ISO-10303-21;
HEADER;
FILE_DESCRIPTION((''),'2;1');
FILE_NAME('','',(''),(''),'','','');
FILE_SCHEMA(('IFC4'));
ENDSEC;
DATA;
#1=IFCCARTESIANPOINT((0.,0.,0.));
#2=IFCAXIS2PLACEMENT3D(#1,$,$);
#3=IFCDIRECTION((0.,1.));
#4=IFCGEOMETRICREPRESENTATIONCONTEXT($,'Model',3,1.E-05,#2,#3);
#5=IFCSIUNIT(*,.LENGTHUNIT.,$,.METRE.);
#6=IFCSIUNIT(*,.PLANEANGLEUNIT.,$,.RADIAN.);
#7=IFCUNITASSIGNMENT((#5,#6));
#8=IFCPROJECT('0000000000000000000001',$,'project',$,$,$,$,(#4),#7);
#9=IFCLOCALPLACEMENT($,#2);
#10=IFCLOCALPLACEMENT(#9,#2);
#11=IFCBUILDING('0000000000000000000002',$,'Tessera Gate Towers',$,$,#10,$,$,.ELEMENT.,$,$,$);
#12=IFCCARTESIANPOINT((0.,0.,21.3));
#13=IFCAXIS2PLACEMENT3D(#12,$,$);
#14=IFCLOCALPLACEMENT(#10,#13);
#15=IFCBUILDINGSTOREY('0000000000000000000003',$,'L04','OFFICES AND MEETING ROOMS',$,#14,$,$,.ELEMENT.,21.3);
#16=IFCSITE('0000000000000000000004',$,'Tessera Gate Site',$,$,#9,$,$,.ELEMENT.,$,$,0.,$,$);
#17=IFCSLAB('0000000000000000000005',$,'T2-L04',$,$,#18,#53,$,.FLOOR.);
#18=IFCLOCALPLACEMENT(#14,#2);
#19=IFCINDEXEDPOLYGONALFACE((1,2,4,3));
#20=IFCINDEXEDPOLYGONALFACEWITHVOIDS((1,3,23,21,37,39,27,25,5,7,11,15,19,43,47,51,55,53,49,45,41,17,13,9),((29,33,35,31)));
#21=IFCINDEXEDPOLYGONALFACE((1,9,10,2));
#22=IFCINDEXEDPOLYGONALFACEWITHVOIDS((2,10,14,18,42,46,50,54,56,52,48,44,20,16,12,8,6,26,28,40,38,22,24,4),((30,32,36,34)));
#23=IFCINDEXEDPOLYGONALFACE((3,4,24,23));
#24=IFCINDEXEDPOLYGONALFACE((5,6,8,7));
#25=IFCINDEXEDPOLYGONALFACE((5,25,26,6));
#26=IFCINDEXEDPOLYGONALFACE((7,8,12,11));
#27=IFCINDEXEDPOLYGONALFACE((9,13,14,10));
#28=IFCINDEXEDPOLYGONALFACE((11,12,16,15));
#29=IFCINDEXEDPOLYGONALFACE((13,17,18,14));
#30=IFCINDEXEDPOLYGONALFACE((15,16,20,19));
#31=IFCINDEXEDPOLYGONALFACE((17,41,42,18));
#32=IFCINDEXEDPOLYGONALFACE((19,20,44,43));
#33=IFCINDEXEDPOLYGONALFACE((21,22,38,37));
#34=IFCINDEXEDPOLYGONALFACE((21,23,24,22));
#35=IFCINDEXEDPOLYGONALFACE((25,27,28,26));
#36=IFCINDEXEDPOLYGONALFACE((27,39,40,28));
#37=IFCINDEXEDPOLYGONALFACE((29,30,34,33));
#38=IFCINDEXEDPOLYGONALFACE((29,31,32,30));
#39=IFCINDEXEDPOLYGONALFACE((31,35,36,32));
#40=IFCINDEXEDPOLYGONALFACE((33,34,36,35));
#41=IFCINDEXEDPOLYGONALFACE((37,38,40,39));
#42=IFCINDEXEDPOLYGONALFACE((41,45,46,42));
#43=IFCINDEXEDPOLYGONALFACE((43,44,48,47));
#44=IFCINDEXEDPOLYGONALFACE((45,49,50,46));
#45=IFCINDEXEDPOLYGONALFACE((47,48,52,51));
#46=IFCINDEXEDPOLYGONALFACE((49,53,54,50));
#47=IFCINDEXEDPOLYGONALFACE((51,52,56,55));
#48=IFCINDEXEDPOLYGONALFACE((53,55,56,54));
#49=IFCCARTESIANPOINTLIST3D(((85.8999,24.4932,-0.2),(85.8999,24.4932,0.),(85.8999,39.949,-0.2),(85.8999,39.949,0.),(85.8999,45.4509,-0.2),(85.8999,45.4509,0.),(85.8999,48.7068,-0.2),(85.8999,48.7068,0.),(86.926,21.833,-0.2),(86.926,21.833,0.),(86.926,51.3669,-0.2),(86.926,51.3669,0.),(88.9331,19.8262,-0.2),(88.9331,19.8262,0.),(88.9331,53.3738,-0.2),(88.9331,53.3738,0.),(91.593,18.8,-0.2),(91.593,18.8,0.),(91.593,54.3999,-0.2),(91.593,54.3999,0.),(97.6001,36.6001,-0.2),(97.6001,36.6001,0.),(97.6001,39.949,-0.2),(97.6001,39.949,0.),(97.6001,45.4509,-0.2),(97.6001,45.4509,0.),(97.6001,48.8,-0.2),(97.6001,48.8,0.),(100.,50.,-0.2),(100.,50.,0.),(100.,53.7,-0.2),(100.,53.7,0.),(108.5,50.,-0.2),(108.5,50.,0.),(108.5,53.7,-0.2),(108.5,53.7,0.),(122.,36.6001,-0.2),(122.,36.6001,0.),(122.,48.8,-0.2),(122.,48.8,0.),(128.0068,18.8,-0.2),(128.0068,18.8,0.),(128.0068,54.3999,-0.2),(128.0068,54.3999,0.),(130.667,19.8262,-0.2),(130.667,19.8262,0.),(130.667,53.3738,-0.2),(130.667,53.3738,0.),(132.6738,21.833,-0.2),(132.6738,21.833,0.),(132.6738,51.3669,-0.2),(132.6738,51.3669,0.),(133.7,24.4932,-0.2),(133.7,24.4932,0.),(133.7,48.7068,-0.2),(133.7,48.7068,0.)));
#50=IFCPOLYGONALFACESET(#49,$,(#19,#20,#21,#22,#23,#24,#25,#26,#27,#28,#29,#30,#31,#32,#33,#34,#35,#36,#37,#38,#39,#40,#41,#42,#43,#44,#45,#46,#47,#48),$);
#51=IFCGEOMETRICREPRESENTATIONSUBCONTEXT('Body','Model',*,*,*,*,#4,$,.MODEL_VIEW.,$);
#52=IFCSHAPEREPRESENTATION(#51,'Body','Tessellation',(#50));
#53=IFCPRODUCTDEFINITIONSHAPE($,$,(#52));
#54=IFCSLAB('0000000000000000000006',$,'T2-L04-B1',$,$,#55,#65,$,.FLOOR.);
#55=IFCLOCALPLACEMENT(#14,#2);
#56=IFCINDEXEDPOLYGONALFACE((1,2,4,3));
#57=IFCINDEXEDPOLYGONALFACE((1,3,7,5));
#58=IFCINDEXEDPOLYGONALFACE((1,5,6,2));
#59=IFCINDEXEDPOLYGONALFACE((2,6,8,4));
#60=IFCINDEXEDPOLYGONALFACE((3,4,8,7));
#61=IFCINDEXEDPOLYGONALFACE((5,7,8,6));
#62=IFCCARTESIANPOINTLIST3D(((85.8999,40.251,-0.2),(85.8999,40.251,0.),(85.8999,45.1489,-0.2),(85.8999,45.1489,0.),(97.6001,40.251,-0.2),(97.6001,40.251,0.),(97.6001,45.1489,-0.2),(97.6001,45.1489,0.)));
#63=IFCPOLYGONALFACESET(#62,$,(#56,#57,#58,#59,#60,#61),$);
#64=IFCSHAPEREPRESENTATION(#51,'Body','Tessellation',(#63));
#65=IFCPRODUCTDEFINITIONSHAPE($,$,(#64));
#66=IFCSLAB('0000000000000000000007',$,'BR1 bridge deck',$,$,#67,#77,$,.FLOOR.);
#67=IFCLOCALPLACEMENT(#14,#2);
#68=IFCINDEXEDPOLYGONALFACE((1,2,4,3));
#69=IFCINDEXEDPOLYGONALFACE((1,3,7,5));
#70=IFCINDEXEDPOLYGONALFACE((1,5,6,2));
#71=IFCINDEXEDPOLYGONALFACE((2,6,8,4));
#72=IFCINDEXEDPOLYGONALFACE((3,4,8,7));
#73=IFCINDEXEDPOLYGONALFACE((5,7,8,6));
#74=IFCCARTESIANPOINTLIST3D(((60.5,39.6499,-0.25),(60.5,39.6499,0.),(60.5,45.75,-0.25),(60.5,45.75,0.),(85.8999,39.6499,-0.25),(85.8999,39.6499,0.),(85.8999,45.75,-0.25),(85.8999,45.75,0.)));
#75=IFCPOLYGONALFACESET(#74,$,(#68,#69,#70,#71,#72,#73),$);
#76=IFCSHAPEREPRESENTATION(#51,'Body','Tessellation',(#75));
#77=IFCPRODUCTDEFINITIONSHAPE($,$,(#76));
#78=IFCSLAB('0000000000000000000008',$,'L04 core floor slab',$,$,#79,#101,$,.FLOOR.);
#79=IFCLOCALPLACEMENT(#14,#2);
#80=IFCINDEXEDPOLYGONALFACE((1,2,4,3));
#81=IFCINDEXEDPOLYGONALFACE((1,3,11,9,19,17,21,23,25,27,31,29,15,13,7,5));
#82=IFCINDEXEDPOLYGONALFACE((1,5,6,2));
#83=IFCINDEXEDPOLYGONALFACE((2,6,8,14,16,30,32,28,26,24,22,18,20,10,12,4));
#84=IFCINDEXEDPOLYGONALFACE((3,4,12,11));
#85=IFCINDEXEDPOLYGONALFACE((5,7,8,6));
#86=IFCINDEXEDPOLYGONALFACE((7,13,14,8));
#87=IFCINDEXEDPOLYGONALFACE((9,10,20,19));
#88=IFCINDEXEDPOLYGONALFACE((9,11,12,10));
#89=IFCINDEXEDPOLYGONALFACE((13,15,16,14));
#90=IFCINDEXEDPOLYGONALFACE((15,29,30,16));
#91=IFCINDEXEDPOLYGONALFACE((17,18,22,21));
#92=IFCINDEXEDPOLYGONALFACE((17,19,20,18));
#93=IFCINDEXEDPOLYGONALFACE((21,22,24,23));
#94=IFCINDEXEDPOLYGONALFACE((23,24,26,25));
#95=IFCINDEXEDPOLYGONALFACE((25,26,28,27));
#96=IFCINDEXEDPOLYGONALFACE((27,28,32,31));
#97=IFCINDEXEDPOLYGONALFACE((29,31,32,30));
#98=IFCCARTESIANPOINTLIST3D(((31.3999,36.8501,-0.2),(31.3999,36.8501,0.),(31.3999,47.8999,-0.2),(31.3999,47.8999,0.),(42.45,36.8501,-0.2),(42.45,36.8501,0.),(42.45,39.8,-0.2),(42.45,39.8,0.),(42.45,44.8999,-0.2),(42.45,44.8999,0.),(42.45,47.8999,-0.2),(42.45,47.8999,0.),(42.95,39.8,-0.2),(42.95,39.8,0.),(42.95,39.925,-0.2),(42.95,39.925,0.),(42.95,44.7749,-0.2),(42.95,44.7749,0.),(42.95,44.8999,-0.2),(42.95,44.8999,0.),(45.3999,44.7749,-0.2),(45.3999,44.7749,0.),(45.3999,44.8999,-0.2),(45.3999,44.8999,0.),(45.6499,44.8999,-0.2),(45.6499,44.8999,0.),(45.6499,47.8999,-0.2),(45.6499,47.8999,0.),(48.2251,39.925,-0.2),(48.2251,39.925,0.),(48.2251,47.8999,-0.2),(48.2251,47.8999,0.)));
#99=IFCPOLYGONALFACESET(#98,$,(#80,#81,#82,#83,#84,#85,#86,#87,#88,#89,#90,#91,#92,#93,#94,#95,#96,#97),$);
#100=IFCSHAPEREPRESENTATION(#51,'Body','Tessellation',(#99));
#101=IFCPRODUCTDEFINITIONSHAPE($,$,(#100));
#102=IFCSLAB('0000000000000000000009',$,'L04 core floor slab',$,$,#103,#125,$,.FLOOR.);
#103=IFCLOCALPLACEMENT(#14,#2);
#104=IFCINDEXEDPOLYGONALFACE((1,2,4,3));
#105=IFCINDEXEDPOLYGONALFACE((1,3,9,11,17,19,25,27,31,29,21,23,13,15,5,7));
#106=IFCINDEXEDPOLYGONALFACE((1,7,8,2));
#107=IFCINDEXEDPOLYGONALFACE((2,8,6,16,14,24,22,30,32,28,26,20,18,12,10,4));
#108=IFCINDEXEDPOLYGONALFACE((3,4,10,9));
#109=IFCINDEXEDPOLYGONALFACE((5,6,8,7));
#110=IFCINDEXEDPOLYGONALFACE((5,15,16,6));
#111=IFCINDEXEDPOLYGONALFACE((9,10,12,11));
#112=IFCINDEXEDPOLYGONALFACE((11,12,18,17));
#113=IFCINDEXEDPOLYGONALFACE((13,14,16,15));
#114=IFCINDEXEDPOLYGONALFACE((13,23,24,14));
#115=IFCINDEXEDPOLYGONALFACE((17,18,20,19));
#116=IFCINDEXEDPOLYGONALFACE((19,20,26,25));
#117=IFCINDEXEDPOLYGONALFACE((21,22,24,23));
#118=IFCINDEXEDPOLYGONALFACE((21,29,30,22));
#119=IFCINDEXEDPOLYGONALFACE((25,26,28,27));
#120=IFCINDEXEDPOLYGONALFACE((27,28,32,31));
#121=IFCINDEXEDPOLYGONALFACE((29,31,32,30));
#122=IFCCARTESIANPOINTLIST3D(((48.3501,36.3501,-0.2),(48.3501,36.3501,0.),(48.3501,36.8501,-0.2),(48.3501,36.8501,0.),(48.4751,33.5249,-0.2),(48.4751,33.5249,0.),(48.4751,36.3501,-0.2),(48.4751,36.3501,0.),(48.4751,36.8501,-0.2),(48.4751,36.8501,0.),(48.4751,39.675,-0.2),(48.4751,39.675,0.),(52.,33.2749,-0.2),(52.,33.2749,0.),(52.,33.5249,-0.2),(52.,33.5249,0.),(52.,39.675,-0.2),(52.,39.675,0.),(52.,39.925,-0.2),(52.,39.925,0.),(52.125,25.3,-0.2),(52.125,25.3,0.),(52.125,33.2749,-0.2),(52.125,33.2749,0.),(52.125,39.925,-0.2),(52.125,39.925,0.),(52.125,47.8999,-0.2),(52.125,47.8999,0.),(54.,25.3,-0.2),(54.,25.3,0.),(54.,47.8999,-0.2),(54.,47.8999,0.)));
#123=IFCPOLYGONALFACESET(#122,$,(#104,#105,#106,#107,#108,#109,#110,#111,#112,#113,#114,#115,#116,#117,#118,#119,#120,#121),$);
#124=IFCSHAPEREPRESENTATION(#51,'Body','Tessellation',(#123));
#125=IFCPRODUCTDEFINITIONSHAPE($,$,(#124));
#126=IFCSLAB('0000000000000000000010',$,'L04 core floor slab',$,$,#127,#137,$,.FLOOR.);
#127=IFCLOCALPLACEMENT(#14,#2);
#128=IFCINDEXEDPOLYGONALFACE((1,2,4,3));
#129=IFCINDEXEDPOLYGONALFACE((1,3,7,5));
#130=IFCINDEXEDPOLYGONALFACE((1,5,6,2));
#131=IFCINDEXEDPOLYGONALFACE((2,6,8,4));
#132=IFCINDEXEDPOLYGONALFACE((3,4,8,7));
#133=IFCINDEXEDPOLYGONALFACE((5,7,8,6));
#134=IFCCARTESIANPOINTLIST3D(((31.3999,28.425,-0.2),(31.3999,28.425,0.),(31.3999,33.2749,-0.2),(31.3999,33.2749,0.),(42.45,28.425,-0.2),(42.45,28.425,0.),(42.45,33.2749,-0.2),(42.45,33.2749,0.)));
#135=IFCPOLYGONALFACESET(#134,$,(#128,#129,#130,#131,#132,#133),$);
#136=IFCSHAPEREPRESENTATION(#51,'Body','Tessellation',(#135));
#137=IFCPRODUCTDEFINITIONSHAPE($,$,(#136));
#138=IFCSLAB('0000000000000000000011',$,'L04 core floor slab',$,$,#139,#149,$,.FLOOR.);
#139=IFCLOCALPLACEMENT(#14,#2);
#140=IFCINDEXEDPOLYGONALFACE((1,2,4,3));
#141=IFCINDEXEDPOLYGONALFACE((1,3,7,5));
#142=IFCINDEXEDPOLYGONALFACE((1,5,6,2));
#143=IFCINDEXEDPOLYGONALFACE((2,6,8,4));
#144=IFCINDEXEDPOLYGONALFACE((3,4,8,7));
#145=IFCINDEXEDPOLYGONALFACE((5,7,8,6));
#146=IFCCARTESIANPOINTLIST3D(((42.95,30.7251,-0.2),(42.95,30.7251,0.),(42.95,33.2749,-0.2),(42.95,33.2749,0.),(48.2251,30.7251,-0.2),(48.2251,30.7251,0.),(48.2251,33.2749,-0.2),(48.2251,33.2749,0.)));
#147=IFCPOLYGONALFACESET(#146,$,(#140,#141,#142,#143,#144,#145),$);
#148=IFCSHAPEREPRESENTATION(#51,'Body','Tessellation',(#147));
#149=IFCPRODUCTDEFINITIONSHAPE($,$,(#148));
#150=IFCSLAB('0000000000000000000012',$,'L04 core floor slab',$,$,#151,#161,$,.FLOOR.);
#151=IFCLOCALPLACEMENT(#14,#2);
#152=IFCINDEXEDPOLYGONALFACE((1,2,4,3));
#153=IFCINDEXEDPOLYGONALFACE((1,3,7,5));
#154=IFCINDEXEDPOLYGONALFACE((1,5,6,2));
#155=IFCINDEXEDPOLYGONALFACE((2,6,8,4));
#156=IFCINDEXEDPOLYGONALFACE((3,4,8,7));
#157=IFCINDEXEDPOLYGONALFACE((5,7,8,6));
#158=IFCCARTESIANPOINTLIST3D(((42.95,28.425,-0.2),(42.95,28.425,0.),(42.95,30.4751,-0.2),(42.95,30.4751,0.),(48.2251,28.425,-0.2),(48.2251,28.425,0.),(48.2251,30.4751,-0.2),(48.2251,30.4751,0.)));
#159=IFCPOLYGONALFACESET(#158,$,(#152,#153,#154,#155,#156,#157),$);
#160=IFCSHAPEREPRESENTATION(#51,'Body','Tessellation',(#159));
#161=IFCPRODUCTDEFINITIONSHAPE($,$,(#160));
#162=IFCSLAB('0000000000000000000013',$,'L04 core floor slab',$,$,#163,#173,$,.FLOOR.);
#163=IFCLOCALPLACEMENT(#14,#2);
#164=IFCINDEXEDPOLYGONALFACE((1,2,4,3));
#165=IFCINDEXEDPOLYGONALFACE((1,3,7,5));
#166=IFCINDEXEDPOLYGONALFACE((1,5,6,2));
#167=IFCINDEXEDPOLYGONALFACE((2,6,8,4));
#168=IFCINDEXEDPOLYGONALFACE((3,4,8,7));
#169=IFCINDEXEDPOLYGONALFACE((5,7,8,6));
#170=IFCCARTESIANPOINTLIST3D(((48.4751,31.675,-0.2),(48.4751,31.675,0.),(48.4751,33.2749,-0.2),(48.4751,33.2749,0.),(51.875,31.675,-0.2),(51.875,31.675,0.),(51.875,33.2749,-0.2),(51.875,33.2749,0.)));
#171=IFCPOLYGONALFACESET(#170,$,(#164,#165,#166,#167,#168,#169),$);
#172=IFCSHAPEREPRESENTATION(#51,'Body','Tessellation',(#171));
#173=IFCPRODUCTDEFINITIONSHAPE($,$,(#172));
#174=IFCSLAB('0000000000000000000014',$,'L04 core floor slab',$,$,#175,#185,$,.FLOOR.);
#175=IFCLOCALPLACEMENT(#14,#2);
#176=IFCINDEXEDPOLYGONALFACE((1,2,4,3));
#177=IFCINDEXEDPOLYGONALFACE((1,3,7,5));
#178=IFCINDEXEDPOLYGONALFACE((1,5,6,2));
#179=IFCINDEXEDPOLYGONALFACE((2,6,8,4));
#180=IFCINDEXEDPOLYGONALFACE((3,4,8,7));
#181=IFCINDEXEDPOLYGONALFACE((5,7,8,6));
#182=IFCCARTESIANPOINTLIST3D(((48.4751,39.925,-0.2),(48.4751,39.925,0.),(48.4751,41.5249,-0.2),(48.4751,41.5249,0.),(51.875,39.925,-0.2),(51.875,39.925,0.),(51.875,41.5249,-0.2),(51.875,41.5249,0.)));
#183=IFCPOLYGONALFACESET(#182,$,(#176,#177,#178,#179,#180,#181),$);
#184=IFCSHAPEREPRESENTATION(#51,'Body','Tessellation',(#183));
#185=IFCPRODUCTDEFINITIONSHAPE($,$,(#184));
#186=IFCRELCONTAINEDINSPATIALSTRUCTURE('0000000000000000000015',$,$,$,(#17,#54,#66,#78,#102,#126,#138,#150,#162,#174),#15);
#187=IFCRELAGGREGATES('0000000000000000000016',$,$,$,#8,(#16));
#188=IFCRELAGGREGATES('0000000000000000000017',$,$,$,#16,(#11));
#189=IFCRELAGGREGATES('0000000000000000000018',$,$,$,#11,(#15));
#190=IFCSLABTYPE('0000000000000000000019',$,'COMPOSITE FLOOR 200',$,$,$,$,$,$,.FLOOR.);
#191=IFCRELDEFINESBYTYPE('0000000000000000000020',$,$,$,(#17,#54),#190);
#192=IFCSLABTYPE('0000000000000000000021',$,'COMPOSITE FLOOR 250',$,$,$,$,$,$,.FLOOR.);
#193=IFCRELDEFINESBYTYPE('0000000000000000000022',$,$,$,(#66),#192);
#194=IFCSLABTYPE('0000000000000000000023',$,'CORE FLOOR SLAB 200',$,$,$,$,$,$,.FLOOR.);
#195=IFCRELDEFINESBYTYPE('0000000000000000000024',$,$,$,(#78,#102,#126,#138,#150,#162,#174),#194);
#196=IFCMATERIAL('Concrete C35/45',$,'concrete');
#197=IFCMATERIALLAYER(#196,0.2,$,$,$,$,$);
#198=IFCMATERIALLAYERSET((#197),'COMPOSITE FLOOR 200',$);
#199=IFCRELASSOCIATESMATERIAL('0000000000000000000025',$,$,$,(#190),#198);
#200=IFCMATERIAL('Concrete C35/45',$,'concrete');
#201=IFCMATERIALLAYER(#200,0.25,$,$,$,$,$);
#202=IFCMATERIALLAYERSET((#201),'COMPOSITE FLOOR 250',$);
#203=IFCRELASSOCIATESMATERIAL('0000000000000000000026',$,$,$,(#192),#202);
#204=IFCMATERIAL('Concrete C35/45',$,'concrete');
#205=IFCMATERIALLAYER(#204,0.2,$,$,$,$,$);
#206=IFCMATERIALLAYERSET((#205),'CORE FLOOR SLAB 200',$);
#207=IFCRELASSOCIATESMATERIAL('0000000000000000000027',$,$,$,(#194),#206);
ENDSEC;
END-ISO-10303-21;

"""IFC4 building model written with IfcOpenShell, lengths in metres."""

from ifc_helpers import new_model, si_unit, direction, frame, origin, place, context, subcontext, project, spatial, polyline, outline, extrude, material, layer, layer_set, type_object, element, save


model = new_model("IFC4")

# Units and contexts
model_context = context("Model", 3, precision=1e-05, world=origin(), true_north=direction((0.0, 1.0)))
body_context = subcontext(model_context, "Body", "Model", "MODEL_VIEW")
ifc_project = project(units=[si_unit("LENGTHUNIT", "METRE"), si_unit("PLANEANGLEUNIT", "RADIAN")], contexts=[model_context])

# Site, building, storey
site_placement = place(None, origin())
site = spatial("IfcSite", under=ifc_project, at=site_placement, Name="Tessera Gate Site", CompositionType="ELEMENT", RefElevation=0.0)
building_placement = place(site_placement, origin())
building = spatial("IfcBuilding", under=site, at=building_placement, Name="Tessera Gate Towers", CompositionType="ELEMENT")
storey_placement = place(building_placement, frame((0.0, 0.0, 21.3)))
storey = spatial("IfcBuildingStorey", under=building, at=storey_placement, Name="L04", Description="OFFICES AND MEETING ROOMS", CompositionType="ELEMENT", Elevation=21.3)

# Slabs
ifc_material_1 = material(Name="Concrete C35/45", Category="concrete")
ifc_layer_1 = layer(ifc_material_1, 0.2)
ifc_layer_set_1 = layer_set([ifc_layer_1], Name="COMPOSITE FLOOR 200")
slab_type_1 = type_object("IfcSlabType", Name="COMPOSITE FLOOR 200", PredefinedType="FLOOR", material=ifc_layer_set_1)
slab_1_placement = place(storey_placement, frame((0.0, 0.0, -0.2)))
element("IfcSlab", 1, at=slab_1_placement, inside=storey, type_object=slab_type_1, Name="T2-L04", PredefinedType="FLOOR", context=body_context, shape_type="SweptSolid", body=[
    extrude(outline(polyline([(85.8999, 24.4932), (86.926, 21.833), (88.9331, 19.8262), (91.593, 18.8), (128.0068, 18.8), (130.667, 19.8262), (132.6738, 21.833), (133.7, 24.4932), (133.7, 48.7068), (132.6738, 51.3669), (130.667, 53.3738), (128.0068, 54.3999), (91.593, 54.3999), (88.9331, 53.3738), (86.926, 51.3669), (85.8999, 48.7068), (85.8999, 45.4509), (97.6001, 45.4509), (97.6001, 48.8), (122.0, 48.8), (122.0, 36.6001), (97.6001, 36.6001), (97.6001, 39.949), (85.8999, 39.949), (85.8999, 24.4932)]), holes=[polyline([(100.0, 50.0), (100.0, 53.7), (108.5, 53.7), (108.5, 50.0), (100.0, 50.0)])]), origin(), (0.0, 0.0, 1.0), 0.2),
])
slab_2_placement = place(storey_placement, frame((0.0, 0.0, -0.2)))
element("IfcSlab", 2, at=slab_2_placement, inside=storey, type_object=slab_type_1, Name="T2-L04-B1", PredefinedType="FLOOR", context=body_context, shape_type="SweptSolid", body=[
    extrude(outline(polyline([(85.8999, 40.251), (97.6001, 40.251), (97.6001, 45.1489), (85.8999, 45.1489), (85.8999, 40.251)])), origin(), (0.0, 0.0, 1.0), 0.2),
])
ifc_material_2 = material(Name="Concrete C35/45", Category="concrete")
ifc_layer_2 = layer(ifc_material_2, 0.25)
ifc_layer_set_2 = layer_set([ifc_layer_2], Name="COMPOSITE FLOOR 250")
slab_type_2 = type_object("IfcSlabType", Name="COMPOSITE FLOOR 250", PredefinedType="FLOOR", material=ifc_layer_set_2)
slab_3_placement = place(storey_placement, frame((0.0, 0.0, -0.25)))
element("IfcSlab", 3, at=slab_3_placement, inside=storey, type_object=slab_type_2, Name="BR1 bridge deck", PredefinedType="FLOOR", context=body_context, shape_type="SweptSolid", body=[
    extrude(outline(polyline([(60.5, 39.6499), (85.8999, 39.6499), (85.8999, 45.75), (60.5, 45.75), (60.5, 39.6499)])), origin(), (0.0, 0.0, 1.0), 0.25),
])
ifc_material_3 = material(Name="Concrete C35/45", Category="concrete")
ifc_layer_3 = layer(ifc_material_3, 0.2)
ifc_layer_set_3 = layer_set([ifc_layer_3], Name="CORE FLOOR SLAB 200")
slab_type_3 = type_object("IfcSlabType", Name="CORE FLOOR SLAB 200", PredefinedType="FLOOR", material=ifc_layer_set_3)
slab_4_placement = place(storey_placement, frame((0.0, 0.0, -0.2)))
element("IfcSlab", 4, at=slab_4_placement, inside=storey, type_object=slab_type_3, Name="L04 core floor slab", PredefinedType="FLOOR", context=body_context, shape_type="SweptSolid", body=[
    extrude(outline(polyline([(31.3999, 47.8999), (31.3999, 36.8501), (42.45, 36.8501), (42.45, 39.8), (42.95, 39.8), (42.95, 39.925), (48.2251, 39.925), (48.2251, 47.8999), (45.6499, 47.8999), (45.6499, 44.8999), (45.3999, 44.8999), (45.3999, 44.7749), (42.95, 44.7749), (42.95, 44.8999), (42.45, 44.8999), (42.45, 47.8999), (31.3999, 47.8999)])), origin(), (0.0, 0.0, 1.0), 0.2),
])
slab_5_placement = place(storey_placement, frame((0.0, 0.0, -0.2)))
element("IfcSlab", 5, at=slab_5_placement, inside=storey, type_object=slab_type_3, Name="L04 core floor slab", PredefinedType="FLOOR", context=body_context, shape_type="SweptSolid", body=[
    extrude(outline(polyline([(48.3501, 36.8501), (48.3501, 36.3501), (48.4751, 36.3501), (48.4751, 33.5249), (52.0, 33.5249), (52.0, 33.2749), (52.125, 33.2749), (52.125, 25.3), (54.0, 25.3), (54.0, 47.8999), (52.125, 47.8999), (52.125, 39.925), (52.0, 39.925), (52.0, 39.675), (48.4751, 39.675), (48.4751, 36.8501), (48.3501, 36.8501)])), origin(), (0.0, 0.0, 1.0), 0.2),
])
slab_6_placement = place(storey_placement, frame((0.0, 0.0, -0.2)))
element("IfcSlab", 6, at=slab_6_placement, inside=storey, type_object=slab_type_3, Name="L04 core floor slab", PredefinedType="FLOOR", context=body_context, shape_type="SweptSolid", body=[
    extrude(outline(polyline([(42.45, 28.425), (42.45, 33.2749), (31.3999, 33.2749), (31.3999, 28.425), (42.45, 28.425)])), origin(), (0.0, 0.0, 1.0), 0.2),
])
slab_7_placement = place(storey_placement, frame((0.0, 0.0, -0.2)))
element("IfcSlab", 7, at=slab_7_placement, inside=storey, type_object=slab_type_3, Name="L04 core floor slab", PredefinedType="FLOOR", context=body_context, shape_type="SweptSolid", body=[
    extrude(outline(polyline([(42.95, 33.2749), (42.95, 30.7251), (48.2251, 30.7251), (48.2251, 33.2749), (42.95, 33.2749)])), origin(), (0.0, 0.0, 1.0), 0.2),
])
slab_8_placement = place(storey_placement, frame((0.0, 0.0, -0.2)))
element("IfcSlab", 8, at=slab_8_placement, inside=storey, type_object=slab_type_3, Name="L04 core floor slab", PredefinedType="FLOOR", context=body_context, shape_type="SweptSolid", body=[
    extrude(outline(polyline([(42.95, 30.4751), (42.95, 28.425), (48.2251, 28.425), (48.2251, 30.4751), (42.95, 30.4751)])), origin(), (0.0, 0.0, 1.0), 0.2),
])
slab_9_placement = place(storey_placement, frame((0.0, 0.0, -0.2)))
element("IfcSlab", 9, at=slab_9_placement, inside=storey, type_object=slab_type_3, Name="L04 core floor slab", PredefinedType="FLOOR", context=body_context, shape_type="SweptSolid", body=[
    extrude(outline(polyline([(51.875, 31.675), (51.875, 33.2749), (48.4751, 33.2749), (48.4751, 31.675), (51.875, 31.675)])), origin(), (0.0, 0.0, 1.0), 0.2),
])
slab_10_placement = place(storey_placement, frame((0.0, 0.0, -0.2)))
element("IfcSlab", 10, at=slab_10_placement, inside=storey, type_object=slab_type_3, Name="L04 core floor slab", PredefinedType="FLOOR", context=body_context, shape_type="SweptSolid", body=[
    extrude(outline(polyline([(48.4751, 41.5249), (48.4751, 39.925), (51.875, 39.925), (51.875, 41.5249), (48.4751, 41.5249)])), origin(), (0.0, 0.0, 1.0), 0.2),
])

save(model, "model.ifc")
